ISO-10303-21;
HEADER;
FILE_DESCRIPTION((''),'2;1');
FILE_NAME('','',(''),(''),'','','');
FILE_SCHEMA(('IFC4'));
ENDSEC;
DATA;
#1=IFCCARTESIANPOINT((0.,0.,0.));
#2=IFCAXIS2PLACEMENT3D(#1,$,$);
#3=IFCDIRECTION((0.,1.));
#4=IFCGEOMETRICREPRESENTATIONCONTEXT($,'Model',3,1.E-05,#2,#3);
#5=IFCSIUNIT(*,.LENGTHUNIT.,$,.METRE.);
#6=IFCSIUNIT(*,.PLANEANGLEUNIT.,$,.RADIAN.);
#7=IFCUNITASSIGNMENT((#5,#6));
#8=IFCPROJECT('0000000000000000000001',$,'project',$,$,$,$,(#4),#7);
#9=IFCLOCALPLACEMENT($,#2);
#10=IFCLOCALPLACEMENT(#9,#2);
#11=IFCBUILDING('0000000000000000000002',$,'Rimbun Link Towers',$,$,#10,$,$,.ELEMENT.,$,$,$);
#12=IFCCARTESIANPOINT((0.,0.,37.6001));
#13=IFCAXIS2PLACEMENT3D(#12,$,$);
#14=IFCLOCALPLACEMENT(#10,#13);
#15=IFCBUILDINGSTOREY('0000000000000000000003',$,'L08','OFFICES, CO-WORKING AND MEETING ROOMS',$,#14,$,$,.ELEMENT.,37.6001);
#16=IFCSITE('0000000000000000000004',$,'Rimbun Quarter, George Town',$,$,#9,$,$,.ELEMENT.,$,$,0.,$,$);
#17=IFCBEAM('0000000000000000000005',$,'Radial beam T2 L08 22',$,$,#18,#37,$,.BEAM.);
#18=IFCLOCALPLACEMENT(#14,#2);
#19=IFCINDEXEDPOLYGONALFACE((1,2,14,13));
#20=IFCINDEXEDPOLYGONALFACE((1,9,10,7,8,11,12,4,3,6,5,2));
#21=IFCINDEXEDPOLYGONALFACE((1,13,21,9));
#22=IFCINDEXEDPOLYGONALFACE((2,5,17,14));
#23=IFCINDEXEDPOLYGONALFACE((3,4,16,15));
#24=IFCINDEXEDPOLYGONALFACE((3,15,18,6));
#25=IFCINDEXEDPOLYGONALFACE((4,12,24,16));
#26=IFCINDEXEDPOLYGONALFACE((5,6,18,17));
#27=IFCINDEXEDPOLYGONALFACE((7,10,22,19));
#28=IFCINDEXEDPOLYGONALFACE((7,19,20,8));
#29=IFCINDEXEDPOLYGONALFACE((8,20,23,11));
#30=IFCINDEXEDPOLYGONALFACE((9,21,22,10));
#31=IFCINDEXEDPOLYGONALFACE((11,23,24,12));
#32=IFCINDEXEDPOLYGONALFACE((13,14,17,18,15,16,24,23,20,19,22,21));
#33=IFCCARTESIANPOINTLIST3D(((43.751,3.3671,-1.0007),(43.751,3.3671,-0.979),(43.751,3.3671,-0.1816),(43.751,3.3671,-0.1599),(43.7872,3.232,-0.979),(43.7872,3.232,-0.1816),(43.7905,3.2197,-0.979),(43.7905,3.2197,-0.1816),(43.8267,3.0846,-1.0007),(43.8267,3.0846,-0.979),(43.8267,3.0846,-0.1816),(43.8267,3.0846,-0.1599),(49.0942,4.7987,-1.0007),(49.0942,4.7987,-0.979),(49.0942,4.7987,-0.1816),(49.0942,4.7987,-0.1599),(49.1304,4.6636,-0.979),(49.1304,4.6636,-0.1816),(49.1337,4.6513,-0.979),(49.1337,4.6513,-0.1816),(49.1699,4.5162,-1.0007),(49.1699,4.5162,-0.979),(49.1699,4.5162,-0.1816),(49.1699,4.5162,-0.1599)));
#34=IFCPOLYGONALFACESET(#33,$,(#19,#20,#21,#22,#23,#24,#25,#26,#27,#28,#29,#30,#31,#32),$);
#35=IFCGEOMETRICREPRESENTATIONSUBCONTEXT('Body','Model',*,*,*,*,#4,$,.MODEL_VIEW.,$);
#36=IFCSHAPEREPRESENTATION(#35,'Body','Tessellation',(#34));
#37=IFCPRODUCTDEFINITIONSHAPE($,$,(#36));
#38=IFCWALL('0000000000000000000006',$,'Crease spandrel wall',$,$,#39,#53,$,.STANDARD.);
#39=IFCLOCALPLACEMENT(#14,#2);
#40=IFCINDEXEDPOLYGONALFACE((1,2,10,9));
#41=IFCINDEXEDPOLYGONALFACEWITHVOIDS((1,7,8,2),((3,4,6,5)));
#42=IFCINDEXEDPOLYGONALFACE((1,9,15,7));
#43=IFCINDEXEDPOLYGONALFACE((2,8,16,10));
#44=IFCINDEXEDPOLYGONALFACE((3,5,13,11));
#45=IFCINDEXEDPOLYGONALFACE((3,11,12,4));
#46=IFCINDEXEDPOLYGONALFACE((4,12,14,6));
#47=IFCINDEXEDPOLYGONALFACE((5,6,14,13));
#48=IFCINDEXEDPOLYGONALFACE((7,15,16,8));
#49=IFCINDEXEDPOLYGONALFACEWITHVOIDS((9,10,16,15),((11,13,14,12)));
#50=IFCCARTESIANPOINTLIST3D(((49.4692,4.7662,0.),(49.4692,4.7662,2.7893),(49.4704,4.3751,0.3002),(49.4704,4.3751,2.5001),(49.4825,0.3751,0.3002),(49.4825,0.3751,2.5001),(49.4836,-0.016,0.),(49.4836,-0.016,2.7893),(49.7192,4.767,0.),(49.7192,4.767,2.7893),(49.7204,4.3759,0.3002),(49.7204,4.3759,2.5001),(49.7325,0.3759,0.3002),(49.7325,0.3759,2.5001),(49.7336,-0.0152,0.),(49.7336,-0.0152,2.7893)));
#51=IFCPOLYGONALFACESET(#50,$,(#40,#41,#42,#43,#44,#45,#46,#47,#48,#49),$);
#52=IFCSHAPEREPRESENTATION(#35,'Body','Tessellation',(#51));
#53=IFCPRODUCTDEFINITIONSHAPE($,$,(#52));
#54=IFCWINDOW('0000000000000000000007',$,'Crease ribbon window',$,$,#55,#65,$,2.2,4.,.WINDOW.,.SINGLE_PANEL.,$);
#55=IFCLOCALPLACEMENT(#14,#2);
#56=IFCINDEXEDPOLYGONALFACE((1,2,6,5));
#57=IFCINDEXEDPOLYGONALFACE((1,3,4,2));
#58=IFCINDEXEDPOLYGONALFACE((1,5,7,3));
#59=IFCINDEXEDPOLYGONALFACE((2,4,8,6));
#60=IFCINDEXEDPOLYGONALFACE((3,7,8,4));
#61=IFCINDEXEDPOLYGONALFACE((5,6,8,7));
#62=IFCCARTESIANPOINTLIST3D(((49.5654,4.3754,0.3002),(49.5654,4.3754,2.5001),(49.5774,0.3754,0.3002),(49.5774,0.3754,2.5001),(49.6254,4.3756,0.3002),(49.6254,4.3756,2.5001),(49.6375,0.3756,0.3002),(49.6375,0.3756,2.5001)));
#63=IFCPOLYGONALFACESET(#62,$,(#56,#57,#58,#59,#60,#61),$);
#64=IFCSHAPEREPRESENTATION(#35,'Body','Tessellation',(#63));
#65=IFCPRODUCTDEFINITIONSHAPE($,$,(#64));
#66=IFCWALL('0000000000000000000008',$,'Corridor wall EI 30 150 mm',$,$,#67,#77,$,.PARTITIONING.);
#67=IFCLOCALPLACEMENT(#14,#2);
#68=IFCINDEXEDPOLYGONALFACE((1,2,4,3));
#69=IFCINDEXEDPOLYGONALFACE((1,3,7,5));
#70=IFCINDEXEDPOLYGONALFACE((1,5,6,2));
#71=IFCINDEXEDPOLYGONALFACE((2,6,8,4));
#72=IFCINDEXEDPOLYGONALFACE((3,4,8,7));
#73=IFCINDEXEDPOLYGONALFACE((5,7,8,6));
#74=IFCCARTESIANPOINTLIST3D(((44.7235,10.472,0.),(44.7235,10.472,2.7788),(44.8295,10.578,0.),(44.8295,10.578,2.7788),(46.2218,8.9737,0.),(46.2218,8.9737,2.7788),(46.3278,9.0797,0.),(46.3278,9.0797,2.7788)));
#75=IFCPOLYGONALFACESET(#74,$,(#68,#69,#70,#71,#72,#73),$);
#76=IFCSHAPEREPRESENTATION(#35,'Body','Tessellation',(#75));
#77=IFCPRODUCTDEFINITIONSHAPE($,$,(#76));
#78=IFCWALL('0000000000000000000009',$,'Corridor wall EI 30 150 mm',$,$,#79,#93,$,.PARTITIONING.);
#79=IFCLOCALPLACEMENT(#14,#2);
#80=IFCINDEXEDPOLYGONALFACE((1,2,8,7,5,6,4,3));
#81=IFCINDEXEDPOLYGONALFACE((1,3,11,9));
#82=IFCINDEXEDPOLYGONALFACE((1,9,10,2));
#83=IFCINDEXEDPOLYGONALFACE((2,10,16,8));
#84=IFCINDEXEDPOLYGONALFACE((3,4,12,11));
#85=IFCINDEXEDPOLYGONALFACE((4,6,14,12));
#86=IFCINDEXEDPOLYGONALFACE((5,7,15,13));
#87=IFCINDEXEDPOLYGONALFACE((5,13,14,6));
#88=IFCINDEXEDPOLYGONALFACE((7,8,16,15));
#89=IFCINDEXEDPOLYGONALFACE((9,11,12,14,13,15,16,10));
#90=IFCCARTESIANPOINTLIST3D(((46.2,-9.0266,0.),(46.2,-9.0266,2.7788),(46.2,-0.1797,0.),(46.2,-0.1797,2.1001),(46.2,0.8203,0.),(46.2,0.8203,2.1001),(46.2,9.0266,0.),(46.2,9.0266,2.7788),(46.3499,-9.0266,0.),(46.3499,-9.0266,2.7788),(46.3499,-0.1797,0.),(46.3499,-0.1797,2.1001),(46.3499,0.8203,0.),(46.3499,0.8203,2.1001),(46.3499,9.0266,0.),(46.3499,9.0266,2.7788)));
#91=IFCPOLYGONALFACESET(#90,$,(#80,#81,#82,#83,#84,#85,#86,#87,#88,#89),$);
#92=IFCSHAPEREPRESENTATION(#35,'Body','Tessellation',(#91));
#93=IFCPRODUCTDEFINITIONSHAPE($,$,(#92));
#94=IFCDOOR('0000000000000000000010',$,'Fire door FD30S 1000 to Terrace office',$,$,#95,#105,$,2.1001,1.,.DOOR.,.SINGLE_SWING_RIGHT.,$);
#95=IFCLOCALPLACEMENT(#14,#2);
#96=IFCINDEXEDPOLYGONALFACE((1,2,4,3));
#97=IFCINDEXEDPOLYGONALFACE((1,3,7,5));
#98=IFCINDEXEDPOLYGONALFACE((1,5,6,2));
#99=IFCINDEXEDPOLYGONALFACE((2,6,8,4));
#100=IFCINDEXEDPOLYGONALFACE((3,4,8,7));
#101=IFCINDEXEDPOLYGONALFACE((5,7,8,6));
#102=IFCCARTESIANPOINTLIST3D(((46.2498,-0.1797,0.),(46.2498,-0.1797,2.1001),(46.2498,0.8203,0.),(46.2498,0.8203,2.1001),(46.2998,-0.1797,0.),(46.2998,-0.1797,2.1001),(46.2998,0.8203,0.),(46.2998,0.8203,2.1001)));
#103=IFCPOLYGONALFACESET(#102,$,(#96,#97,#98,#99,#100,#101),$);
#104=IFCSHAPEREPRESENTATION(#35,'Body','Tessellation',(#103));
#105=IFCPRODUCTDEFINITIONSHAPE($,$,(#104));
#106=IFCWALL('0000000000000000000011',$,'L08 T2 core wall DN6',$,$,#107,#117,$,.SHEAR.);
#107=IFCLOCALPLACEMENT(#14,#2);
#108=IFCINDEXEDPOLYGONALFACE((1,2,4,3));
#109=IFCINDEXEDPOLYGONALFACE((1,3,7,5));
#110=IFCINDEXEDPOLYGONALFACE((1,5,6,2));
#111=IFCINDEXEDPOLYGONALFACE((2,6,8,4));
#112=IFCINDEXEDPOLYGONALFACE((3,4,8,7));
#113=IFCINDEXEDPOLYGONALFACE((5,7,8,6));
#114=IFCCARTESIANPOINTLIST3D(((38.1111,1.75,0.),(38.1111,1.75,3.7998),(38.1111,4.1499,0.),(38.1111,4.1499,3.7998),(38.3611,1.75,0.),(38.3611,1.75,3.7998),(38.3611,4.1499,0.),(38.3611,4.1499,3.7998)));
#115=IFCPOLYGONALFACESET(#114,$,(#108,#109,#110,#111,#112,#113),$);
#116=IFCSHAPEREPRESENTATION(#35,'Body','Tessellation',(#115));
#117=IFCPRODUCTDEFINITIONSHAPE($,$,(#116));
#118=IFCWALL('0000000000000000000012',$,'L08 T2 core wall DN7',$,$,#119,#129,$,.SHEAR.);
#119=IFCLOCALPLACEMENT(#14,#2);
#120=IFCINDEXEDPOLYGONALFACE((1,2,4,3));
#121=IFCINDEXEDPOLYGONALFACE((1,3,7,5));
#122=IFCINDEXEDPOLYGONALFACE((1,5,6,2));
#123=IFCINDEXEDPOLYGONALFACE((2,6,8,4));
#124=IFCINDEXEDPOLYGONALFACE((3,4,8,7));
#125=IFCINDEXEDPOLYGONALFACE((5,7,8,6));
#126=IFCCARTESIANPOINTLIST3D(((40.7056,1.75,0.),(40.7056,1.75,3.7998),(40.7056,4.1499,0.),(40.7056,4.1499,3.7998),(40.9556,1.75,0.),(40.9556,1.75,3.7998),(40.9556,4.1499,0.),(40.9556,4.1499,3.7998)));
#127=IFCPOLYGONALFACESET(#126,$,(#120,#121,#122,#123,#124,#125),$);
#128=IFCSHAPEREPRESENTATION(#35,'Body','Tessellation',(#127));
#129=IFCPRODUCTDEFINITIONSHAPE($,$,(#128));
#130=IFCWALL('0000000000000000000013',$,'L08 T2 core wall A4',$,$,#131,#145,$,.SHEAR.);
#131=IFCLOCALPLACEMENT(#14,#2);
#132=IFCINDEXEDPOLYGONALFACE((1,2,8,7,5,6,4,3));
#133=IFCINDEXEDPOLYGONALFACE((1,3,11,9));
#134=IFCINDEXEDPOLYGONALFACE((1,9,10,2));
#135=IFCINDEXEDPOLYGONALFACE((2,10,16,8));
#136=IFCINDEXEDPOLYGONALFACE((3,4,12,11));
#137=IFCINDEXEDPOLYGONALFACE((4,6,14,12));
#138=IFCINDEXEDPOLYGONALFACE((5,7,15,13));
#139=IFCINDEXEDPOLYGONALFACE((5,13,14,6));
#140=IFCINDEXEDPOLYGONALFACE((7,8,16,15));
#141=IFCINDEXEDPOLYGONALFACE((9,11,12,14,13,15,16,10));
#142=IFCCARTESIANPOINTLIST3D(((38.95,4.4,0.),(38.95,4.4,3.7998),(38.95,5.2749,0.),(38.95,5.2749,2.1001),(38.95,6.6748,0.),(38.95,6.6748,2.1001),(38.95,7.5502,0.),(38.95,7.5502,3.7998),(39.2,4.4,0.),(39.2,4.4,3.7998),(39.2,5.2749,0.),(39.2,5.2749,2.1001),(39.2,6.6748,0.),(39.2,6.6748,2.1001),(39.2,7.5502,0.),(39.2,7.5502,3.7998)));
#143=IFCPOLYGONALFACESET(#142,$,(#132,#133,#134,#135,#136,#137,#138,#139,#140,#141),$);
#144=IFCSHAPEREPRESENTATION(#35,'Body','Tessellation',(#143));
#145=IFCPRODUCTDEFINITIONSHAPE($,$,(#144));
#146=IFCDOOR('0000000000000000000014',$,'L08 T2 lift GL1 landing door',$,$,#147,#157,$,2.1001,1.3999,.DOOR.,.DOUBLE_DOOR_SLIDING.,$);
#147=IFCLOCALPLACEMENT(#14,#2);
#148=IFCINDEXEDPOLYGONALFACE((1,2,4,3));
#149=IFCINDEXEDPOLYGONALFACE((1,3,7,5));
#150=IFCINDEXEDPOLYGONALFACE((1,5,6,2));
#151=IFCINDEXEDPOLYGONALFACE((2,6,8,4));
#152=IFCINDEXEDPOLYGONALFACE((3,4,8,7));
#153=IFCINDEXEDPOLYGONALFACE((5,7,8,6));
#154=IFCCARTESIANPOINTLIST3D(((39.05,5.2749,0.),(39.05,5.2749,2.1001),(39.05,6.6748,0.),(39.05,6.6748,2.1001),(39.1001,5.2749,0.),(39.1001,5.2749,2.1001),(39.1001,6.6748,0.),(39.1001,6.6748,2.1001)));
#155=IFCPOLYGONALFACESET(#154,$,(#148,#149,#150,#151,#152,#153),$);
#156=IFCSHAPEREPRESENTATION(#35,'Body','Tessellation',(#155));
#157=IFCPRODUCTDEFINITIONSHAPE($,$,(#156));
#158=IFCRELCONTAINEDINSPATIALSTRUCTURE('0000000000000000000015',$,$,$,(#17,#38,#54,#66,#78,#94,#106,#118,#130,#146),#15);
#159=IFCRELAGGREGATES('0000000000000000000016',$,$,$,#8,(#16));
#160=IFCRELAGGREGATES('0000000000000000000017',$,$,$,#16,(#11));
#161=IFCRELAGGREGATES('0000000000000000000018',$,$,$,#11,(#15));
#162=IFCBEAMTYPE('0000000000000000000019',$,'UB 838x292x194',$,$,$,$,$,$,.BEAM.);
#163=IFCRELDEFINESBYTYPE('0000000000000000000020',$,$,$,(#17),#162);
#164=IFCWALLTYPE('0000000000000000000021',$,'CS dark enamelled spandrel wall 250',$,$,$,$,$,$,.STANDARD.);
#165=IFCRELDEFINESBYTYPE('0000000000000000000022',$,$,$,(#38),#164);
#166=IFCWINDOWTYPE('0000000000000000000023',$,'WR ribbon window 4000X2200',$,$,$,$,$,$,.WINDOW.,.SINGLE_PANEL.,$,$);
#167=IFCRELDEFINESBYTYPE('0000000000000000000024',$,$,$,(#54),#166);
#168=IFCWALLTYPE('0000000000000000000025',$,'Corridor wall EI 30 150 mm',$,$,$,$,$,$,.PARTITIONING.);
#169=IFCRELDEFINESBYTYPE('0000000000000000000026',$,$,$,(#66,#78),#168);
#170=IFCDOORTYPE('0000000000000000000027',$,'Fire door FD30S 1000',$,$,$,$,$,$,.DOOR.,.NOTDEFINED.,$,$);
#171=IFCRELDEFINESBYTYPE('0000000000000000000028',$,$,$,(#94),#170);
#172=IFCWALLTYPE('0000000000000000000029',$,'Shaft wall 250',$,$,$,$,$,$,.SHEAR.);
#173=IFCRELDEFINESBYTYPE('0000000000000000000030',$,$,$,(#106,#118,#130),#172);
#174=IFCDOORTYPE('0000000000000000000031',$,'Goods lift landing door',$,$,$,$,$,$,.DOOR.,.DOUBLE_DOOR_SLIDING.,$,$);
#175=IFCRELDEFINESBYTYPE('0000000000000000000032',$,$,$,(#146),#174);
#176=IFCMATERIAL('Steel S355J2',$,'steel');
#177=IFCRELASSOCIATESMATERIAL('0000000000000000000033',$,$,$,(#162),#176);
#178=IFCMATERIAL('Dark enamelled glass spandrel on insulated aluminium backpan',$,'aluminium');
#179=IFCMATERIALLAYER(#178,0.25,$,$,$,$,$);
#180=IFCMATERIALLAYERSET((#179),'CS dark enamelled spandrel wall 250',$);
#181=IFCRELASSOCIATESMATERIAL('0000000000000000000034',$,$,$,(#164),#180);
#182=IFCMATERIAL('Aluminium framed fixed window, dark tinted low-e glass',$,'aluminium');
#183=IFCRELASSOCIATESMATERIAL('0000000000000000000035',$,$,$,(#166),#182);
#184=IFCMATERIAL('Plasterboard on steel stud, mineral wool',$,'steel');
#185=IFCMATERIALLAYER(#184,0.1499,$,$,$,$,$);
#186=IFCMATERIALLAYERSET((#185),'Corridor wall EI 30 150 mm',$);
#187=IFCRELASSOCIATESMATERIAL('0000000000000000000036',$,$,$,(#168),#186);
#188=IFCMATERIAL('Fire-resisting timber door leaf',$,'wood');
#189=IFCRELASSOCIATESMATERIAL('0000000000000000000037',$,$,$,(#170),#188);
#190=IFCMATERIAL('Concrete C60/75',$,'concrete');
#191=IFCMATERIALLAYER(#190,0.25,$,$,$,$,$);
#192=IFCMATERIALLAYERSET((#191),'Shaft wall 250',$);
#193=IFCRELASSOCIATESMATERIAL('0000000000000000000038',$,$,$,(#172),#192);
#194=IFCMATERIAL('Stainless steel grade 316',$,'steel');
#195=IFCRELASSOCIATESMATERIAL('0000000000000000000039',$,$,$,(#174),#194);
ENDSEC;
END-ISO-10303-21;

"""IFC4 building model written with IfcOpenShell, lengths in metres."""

from ifc_helpers import new_model, si_unit, direction, frame, frame_2d, origin, origin_2d, place, context, subcontext, project, spatial, rectangle, i_section, extrude, material, layer, layer_set, material_profile, profile_set, type_object, element, fill, save


model = new_model("IFC4")

# Units and contexts
model_context = context("Model", 3, precision=1e-05, world=origin(), true_north=direction((0.0, 1.0)))
body_context = subcontext(model_context, "Body", "Model", "MODEL_VIEW")
ifc_project = project(units=[si_unit("LENGTHUNIT", "METRE"), si_unit("PLANEANGLEUNIT", "RADIAN")], contexts=[model_context])

# Site, building, storey
site_placement = place(None, origin())
site = spatial("IfcSite", under=ifc_project, at=site_placement, Name="Rimbun Quarter, George Town", CompositionType="ELEMENT", RefElevation=0.0)
building_placement = place(site_placement, origin())
building = spatial("IfcBuilding", under=site, at=building_placement, Name="Rimbun Link Towers", CompositionType="ELEMENT")
storey_placement = place(building_placement, frame((0.0, 0.0, 37.6001)))
storey = spatial("IfcBuildingStorey", under=building, at=storey_placement, Name="L08", Description="OFFICES, CO-WORKING AND MEETING ROOMS", CompositionType="ELEMENT", Elevation=37.6001)

# Beam
ifc_material_1 = material(Name="Steel S355J2", Category="steel")
ifc_material_profile_1 = material_profile(ifc_material_1, i_section(OverallWidth=0.2925, OverallDepth=0.8408, WebThickness=0.0127, FlangeThickness=0.0217, at=origin_2d()), Name="UB 838x292x194")
ifc_profile_set_1 = profile_set([ifc_material_profile_1], Name="Steel S355J2")
beam_type_1 = type_object("IfcBeamType", Name="UB 838x292x194", PredefinedType="BEAM", material=ifc_profile_set_1)
beam_1_placement = place(storey_placement, frame((43.7888, 3.2258, -0.5803), z_axis=(0.96593, 0.258805, 0.0), x_axis=(-0.258805, 0.96593, 0.0)))
element("IfcBeam", 1, at=beam_1_placement, inside=storey, type_object=beam_type_1, Name="Radial beam T2 L08 22", PredefinedType="BEAM", context=body_context, shape_type="SweptSolid", body=[
    extrude(i_section(OverallWidth=0.2925, OverallDepth=0.8408, WebThickness=0.0127, FlangeThickness=0.0217, at=origin_2d()), origin(), (0.0, 0.0, 1.0), 5.5317),
])

# Wall, opening, window
ifc_material_2 = material(Name="Dark enamelled glass spandrel on insulated aluminium backpan", Category="aluminium")
ifc_layer_1 = layer(ifc_material_2, 0.25)
ifc_layer_set_1 = layer_set([ifc_layer_1], Name="CS dark enamelled spandrel wall 250")
wall_type_1 = type_object("IfcWallType", Name="CS dark enamelled spandrel wall 250", PredefinedType="STANDARD", material=ifc_layer_set_1)
wall_1_placement = place(storey_placement, frame((49.5942, 4.7666, 0.0), z_axis=(0.0, 0.0, 1.0), x_axis=(0.003012, -0.999995, 0.0)))
wall_1 = element("IfcWall", 2, at=wall_1_placement, inside=storey, type_object=wall_type_1, Name="Crease spandrel wall", PredefinedType="STANDARD", context=body_context, shape_type="SweptSolid", body=[
    extrude(rectangle(XDim=4.7822, YDim=0.25, at=frame_2d((2.3911, 0.0))), origin(), (0.0, 0.0, 1.0), 2.7893),
])
opening_1_placement = place(wall_1_placement, frame((0.3911, 0.0, 0.3)))
opening_1 = element("IfcOpeningElement", 3, at=opening_1_placement, cuts=wall_1, PredefinedType="OPENING", context=body_context, shape_type="SweptSolid", body=[
    extrude(rectangle(XDim=4.0, YDim=2.2, at=frame_2d((2.0, 1.1001))), frame((0.0, 0.135, 0.0), z_axis=(0.0, -1.0, 0.0), x_axis=(1.0, 0.0, 0.0)), (0.0, 0.0, 1.0), 0.27),
])
ifc_material_3 = material(Name="Aluminium framed fixed window, dark tinted low-e glass", Category="aluminium")
window_type = type_object("IfcWindowType", Name="WR ribbon window 4000X2200", PartitioningType="SINGLE_PANEL", PredefinedType="WINDOW", material=ifc_material_3)
window_placement = place(opening_1_placement, origin())
window = element("IfcWindow", 4, at=window_placement, inside=storey, type_object=window_type, Name="Crease ribbon window", OverallHeight=2.2, OverallWidth=4.0, PartitioningType="SINGLE_PANEL", PredefinedType="WINDOW", context=body_context, shape_type="SweptSolid", body=[
    extrude(rectangle(XDim=4.0, YDim=2.2, at=frame_2d((2.0, 1.1001))), frame((0.0, 0.03, 0.0), z_axis=(0.0, -1.0, 0.0), x_axis=(1.0, 0.0, 0.0)), (0.0, 0.0, 1.0), 0.0601),
])
fill(opening_1, window)

# Wall
ifc_material_4 = material(Name="Plasterboard on steel stud, mineral wool", Category="steel")
ifc_layer_2 = layer(ifc_material_4, 0.1499)
ifc_layer_set_2 = layer_set([ifc_layer_2], Name="Corridor wall EI 30 150 mm")
wall_type_2 = type_object("IfcWallType", Name="Corridor wall EI 30 150 mm", PredefinedType="PARTITIONING", material=ifc_layer_set_2)
wall_2_placement = place(storey_placement, frame((46.2749, 9.0266, 0.0), z_axis=(0.0, 0.0, 1.0), x_axis=(-0.707107, 0.707107, 0.0)))
element("IfcWall", 5, at=wall_2_placement, inside=storey, type_object=wall_type_2, Name="Corridor wall EI 30 150 mm", PredefinedType="PARTITIONING", context=body_context, shape_type="SweptSolid", body=[
    extrude(rectangle(XDim=2.1189, YDim=0.1499, at=frame_2d((1.0596, 0.0))), origin(), (0.0, 0.0, 1.0), 2.7788),
])

# Wall, opening, door
wall_3_placement = place(storey_placement, frame((46.2749, 9.0266, 0.0), z_axis=(0.0, 0.0, 1.0), x_axis=(0.0, -1.0, 0.0)))
wall_3 = element("IfcWall", 6, at=wall_3_placement, inside=storey, type_object=wall_type_2, Name="Corridor wall EI 30 150 mm", PredefinedType="PARTITIONING", context=body_context, shape_type="SweptSolid", body=[
    extrude(rectangle(XDim=18.0532, YDim=0.1499, at=frame_2d((9.0266, 0.0))), origin(), (0.0, 0.0, 1.0), 2.7788),
])
opening_2_placement = place(wall_3_placement, frame((8.2063, 0.0, 0.0)))
opening_2 = element("IfcOpeningElement", 7, at=opening_2_placement, cuts=wall_3, PredefinedType="OPENING", context=body_context, shape_type="SweptSolid", body=[
    extrude(rectangle(XDim=1.0, YDim=2.1001, at=frame_2d((0.5, 1.05))), frame((0.0, 0.085, 0.0), z_axis=(0.0, -1.0, 0.0), x_axis=(1.0, 0.0, 0.0)), (0.0, 0.0, 1.0), 0.1699),
])
ifc_material_5 = material(Name="Fire-resisting timber door leaf", Category="wood")
door_type_1 = type_object("IfcDoorType", Name="Fire door FD30S 1000", OperationType="NOTDEFINED", PredefinedType="DOOR", material=ifc_material_5)
door_1_placement = place(opening_2_placement, origin())
door_1 = element("IfcDoor", 8, at=door_1_placement, inside=storey, type_object=door_type_1, Name="Fire door FD30S 1000 to Terrace office", OperationType="SINGLE_SWING_RIGHT", OverallHeight=2.1001, OverallWidth=1.0, PredefinedType="DOOR", context=body_context, shape_type="SweptSolid", body=[
    extrude(rectangle(XDim=1.0, YDim=2.1001, at=frame_2d((0.5, 1.05))), frame((0.0, 0.0249, 0.0), z_axis=(0.0, -1.0, 0.0), x_axis=(1.0, 0.0, 0.0)), (0.0, 0.0, 1.0), 0.05),
])
fill(opening_2, door_1)

# Walls
ifc_material_6 = material(Name="Concrete C60/75", Category="concrete")
ifc_layer_3 = layer(ifc_material_6, 0.25)
ifc_layer_set_3 = layer_set([ifc_layer_3], Name="Shaft wall 250")
wall_type_3 = type_object("IfcWallType", Name="Shaft wall 250", PredefinedType="SHEAR", material=ifc_layer_set_3)
for number, where, z_axis, x_axis, name in (
    (9, (38.2361, 1.75, 0.0), (0.0, 0.0, 1.0), (0.0, 1.0, 0.0), "L08 T2 core wall DN6"),
    (10, (40.8306, 1.75, 0.0), (0.0, 0.0, 1.0), (0.0, 1.0, 0.0), "L08 T2 core wall DN7"),
):
    element("IfcWall", number, at=place(storey_placement, frame(where, z_axis=z_axis, x_axis=x_axis)), inside=storey, type_object=wall_type_3, Name=name, PredefinedType="SHEAR", context=body_context, shape_type="SweptSolid", body=[
        extrude(rectangle(XDim=2.3999, YDim=0.25, at=frame_2d((1.2, 0.0))), origin(), (0.0, 0.0, 1.0), 3.7998),
    ])

# Wall, opening, door
wall_4_placement = place(storey_placement, frame((39.075, 4.3999, 0.0), z_axis=(0.0, 0.0, 1.0), x_axis=(0.0, 1.0, 0.0)))
wall_4 = element("IfcWall", 11, at=wall_4_placement, inside=storey, type_object=wall_type_3, Name="L08 T2 core wall A4", PredefinedType="SHEAR", context=body_context, shape_type="SweptSolid", body=[
    extrude(rectangle(XDim=3.1501, YDim=0.25, at=frame_2d((1.5752, 0.0))), origin(), (0.0, 0.0, 1.0), 3.7998),
])
opening_3_placement = place(wall_4_placement, frame((0.875, 0.0, 0.0)))
opening_3 = element("IfcOpeningElement", 12, at=opening_3_placement, cuts=wall_4, PredefinedType="OPENING", context=body_context, shape_type="SweptSolid", body=[
    extrude(rectangle(XDim=1.3999, YDim=2.1001, at=frame_2d((0.7, 1.05))), frame((0.0, 0.135, 0.0), z_axis=(0.0, -1.0, 0.0), x_axis=(1.0, 0.0, 0.0)), (0.0, 0.0, 1.0), 0.27),
])
ifc_material_7 = material(Name="Stainless steel grade 316", Category="steel")
door_type_2 = type_object("IfcDoorType", Name="Goods lift landing door", OperationType="DOUBLE_DOOR_SLIDING", PredefinedType="DOOR", material=ifc_material_7)
door_2_placement = place(opening_3_placement, origin())
door_2 = element("IfcDoor", 13, at=door_2_placement, inside=storey, type_object=door_type_2, Name="L08 T2 lift GL1 landing door", OperationType="DOUBLE_DOOR_SLIDING", OverallHeight=2.1001, OverallWidth=1.3999, PredefinedType="DOOR", context=body_context, shape_type="SweptSolid", body=[
    extrude(rectangle(XDim=1.3999, YDim=2.1001, at=frame_2d((0.7, 1.05))), frame((0.0, 0.0249, 0.0), z_axis=(0.0, -1.0, 0.0), x_axis=(1.0, 0.0, 0.0)), (0.0, 0.0, 1.0), 0.05),
])
fill(opening_3, door_2)

save(model, "model.ifc")
